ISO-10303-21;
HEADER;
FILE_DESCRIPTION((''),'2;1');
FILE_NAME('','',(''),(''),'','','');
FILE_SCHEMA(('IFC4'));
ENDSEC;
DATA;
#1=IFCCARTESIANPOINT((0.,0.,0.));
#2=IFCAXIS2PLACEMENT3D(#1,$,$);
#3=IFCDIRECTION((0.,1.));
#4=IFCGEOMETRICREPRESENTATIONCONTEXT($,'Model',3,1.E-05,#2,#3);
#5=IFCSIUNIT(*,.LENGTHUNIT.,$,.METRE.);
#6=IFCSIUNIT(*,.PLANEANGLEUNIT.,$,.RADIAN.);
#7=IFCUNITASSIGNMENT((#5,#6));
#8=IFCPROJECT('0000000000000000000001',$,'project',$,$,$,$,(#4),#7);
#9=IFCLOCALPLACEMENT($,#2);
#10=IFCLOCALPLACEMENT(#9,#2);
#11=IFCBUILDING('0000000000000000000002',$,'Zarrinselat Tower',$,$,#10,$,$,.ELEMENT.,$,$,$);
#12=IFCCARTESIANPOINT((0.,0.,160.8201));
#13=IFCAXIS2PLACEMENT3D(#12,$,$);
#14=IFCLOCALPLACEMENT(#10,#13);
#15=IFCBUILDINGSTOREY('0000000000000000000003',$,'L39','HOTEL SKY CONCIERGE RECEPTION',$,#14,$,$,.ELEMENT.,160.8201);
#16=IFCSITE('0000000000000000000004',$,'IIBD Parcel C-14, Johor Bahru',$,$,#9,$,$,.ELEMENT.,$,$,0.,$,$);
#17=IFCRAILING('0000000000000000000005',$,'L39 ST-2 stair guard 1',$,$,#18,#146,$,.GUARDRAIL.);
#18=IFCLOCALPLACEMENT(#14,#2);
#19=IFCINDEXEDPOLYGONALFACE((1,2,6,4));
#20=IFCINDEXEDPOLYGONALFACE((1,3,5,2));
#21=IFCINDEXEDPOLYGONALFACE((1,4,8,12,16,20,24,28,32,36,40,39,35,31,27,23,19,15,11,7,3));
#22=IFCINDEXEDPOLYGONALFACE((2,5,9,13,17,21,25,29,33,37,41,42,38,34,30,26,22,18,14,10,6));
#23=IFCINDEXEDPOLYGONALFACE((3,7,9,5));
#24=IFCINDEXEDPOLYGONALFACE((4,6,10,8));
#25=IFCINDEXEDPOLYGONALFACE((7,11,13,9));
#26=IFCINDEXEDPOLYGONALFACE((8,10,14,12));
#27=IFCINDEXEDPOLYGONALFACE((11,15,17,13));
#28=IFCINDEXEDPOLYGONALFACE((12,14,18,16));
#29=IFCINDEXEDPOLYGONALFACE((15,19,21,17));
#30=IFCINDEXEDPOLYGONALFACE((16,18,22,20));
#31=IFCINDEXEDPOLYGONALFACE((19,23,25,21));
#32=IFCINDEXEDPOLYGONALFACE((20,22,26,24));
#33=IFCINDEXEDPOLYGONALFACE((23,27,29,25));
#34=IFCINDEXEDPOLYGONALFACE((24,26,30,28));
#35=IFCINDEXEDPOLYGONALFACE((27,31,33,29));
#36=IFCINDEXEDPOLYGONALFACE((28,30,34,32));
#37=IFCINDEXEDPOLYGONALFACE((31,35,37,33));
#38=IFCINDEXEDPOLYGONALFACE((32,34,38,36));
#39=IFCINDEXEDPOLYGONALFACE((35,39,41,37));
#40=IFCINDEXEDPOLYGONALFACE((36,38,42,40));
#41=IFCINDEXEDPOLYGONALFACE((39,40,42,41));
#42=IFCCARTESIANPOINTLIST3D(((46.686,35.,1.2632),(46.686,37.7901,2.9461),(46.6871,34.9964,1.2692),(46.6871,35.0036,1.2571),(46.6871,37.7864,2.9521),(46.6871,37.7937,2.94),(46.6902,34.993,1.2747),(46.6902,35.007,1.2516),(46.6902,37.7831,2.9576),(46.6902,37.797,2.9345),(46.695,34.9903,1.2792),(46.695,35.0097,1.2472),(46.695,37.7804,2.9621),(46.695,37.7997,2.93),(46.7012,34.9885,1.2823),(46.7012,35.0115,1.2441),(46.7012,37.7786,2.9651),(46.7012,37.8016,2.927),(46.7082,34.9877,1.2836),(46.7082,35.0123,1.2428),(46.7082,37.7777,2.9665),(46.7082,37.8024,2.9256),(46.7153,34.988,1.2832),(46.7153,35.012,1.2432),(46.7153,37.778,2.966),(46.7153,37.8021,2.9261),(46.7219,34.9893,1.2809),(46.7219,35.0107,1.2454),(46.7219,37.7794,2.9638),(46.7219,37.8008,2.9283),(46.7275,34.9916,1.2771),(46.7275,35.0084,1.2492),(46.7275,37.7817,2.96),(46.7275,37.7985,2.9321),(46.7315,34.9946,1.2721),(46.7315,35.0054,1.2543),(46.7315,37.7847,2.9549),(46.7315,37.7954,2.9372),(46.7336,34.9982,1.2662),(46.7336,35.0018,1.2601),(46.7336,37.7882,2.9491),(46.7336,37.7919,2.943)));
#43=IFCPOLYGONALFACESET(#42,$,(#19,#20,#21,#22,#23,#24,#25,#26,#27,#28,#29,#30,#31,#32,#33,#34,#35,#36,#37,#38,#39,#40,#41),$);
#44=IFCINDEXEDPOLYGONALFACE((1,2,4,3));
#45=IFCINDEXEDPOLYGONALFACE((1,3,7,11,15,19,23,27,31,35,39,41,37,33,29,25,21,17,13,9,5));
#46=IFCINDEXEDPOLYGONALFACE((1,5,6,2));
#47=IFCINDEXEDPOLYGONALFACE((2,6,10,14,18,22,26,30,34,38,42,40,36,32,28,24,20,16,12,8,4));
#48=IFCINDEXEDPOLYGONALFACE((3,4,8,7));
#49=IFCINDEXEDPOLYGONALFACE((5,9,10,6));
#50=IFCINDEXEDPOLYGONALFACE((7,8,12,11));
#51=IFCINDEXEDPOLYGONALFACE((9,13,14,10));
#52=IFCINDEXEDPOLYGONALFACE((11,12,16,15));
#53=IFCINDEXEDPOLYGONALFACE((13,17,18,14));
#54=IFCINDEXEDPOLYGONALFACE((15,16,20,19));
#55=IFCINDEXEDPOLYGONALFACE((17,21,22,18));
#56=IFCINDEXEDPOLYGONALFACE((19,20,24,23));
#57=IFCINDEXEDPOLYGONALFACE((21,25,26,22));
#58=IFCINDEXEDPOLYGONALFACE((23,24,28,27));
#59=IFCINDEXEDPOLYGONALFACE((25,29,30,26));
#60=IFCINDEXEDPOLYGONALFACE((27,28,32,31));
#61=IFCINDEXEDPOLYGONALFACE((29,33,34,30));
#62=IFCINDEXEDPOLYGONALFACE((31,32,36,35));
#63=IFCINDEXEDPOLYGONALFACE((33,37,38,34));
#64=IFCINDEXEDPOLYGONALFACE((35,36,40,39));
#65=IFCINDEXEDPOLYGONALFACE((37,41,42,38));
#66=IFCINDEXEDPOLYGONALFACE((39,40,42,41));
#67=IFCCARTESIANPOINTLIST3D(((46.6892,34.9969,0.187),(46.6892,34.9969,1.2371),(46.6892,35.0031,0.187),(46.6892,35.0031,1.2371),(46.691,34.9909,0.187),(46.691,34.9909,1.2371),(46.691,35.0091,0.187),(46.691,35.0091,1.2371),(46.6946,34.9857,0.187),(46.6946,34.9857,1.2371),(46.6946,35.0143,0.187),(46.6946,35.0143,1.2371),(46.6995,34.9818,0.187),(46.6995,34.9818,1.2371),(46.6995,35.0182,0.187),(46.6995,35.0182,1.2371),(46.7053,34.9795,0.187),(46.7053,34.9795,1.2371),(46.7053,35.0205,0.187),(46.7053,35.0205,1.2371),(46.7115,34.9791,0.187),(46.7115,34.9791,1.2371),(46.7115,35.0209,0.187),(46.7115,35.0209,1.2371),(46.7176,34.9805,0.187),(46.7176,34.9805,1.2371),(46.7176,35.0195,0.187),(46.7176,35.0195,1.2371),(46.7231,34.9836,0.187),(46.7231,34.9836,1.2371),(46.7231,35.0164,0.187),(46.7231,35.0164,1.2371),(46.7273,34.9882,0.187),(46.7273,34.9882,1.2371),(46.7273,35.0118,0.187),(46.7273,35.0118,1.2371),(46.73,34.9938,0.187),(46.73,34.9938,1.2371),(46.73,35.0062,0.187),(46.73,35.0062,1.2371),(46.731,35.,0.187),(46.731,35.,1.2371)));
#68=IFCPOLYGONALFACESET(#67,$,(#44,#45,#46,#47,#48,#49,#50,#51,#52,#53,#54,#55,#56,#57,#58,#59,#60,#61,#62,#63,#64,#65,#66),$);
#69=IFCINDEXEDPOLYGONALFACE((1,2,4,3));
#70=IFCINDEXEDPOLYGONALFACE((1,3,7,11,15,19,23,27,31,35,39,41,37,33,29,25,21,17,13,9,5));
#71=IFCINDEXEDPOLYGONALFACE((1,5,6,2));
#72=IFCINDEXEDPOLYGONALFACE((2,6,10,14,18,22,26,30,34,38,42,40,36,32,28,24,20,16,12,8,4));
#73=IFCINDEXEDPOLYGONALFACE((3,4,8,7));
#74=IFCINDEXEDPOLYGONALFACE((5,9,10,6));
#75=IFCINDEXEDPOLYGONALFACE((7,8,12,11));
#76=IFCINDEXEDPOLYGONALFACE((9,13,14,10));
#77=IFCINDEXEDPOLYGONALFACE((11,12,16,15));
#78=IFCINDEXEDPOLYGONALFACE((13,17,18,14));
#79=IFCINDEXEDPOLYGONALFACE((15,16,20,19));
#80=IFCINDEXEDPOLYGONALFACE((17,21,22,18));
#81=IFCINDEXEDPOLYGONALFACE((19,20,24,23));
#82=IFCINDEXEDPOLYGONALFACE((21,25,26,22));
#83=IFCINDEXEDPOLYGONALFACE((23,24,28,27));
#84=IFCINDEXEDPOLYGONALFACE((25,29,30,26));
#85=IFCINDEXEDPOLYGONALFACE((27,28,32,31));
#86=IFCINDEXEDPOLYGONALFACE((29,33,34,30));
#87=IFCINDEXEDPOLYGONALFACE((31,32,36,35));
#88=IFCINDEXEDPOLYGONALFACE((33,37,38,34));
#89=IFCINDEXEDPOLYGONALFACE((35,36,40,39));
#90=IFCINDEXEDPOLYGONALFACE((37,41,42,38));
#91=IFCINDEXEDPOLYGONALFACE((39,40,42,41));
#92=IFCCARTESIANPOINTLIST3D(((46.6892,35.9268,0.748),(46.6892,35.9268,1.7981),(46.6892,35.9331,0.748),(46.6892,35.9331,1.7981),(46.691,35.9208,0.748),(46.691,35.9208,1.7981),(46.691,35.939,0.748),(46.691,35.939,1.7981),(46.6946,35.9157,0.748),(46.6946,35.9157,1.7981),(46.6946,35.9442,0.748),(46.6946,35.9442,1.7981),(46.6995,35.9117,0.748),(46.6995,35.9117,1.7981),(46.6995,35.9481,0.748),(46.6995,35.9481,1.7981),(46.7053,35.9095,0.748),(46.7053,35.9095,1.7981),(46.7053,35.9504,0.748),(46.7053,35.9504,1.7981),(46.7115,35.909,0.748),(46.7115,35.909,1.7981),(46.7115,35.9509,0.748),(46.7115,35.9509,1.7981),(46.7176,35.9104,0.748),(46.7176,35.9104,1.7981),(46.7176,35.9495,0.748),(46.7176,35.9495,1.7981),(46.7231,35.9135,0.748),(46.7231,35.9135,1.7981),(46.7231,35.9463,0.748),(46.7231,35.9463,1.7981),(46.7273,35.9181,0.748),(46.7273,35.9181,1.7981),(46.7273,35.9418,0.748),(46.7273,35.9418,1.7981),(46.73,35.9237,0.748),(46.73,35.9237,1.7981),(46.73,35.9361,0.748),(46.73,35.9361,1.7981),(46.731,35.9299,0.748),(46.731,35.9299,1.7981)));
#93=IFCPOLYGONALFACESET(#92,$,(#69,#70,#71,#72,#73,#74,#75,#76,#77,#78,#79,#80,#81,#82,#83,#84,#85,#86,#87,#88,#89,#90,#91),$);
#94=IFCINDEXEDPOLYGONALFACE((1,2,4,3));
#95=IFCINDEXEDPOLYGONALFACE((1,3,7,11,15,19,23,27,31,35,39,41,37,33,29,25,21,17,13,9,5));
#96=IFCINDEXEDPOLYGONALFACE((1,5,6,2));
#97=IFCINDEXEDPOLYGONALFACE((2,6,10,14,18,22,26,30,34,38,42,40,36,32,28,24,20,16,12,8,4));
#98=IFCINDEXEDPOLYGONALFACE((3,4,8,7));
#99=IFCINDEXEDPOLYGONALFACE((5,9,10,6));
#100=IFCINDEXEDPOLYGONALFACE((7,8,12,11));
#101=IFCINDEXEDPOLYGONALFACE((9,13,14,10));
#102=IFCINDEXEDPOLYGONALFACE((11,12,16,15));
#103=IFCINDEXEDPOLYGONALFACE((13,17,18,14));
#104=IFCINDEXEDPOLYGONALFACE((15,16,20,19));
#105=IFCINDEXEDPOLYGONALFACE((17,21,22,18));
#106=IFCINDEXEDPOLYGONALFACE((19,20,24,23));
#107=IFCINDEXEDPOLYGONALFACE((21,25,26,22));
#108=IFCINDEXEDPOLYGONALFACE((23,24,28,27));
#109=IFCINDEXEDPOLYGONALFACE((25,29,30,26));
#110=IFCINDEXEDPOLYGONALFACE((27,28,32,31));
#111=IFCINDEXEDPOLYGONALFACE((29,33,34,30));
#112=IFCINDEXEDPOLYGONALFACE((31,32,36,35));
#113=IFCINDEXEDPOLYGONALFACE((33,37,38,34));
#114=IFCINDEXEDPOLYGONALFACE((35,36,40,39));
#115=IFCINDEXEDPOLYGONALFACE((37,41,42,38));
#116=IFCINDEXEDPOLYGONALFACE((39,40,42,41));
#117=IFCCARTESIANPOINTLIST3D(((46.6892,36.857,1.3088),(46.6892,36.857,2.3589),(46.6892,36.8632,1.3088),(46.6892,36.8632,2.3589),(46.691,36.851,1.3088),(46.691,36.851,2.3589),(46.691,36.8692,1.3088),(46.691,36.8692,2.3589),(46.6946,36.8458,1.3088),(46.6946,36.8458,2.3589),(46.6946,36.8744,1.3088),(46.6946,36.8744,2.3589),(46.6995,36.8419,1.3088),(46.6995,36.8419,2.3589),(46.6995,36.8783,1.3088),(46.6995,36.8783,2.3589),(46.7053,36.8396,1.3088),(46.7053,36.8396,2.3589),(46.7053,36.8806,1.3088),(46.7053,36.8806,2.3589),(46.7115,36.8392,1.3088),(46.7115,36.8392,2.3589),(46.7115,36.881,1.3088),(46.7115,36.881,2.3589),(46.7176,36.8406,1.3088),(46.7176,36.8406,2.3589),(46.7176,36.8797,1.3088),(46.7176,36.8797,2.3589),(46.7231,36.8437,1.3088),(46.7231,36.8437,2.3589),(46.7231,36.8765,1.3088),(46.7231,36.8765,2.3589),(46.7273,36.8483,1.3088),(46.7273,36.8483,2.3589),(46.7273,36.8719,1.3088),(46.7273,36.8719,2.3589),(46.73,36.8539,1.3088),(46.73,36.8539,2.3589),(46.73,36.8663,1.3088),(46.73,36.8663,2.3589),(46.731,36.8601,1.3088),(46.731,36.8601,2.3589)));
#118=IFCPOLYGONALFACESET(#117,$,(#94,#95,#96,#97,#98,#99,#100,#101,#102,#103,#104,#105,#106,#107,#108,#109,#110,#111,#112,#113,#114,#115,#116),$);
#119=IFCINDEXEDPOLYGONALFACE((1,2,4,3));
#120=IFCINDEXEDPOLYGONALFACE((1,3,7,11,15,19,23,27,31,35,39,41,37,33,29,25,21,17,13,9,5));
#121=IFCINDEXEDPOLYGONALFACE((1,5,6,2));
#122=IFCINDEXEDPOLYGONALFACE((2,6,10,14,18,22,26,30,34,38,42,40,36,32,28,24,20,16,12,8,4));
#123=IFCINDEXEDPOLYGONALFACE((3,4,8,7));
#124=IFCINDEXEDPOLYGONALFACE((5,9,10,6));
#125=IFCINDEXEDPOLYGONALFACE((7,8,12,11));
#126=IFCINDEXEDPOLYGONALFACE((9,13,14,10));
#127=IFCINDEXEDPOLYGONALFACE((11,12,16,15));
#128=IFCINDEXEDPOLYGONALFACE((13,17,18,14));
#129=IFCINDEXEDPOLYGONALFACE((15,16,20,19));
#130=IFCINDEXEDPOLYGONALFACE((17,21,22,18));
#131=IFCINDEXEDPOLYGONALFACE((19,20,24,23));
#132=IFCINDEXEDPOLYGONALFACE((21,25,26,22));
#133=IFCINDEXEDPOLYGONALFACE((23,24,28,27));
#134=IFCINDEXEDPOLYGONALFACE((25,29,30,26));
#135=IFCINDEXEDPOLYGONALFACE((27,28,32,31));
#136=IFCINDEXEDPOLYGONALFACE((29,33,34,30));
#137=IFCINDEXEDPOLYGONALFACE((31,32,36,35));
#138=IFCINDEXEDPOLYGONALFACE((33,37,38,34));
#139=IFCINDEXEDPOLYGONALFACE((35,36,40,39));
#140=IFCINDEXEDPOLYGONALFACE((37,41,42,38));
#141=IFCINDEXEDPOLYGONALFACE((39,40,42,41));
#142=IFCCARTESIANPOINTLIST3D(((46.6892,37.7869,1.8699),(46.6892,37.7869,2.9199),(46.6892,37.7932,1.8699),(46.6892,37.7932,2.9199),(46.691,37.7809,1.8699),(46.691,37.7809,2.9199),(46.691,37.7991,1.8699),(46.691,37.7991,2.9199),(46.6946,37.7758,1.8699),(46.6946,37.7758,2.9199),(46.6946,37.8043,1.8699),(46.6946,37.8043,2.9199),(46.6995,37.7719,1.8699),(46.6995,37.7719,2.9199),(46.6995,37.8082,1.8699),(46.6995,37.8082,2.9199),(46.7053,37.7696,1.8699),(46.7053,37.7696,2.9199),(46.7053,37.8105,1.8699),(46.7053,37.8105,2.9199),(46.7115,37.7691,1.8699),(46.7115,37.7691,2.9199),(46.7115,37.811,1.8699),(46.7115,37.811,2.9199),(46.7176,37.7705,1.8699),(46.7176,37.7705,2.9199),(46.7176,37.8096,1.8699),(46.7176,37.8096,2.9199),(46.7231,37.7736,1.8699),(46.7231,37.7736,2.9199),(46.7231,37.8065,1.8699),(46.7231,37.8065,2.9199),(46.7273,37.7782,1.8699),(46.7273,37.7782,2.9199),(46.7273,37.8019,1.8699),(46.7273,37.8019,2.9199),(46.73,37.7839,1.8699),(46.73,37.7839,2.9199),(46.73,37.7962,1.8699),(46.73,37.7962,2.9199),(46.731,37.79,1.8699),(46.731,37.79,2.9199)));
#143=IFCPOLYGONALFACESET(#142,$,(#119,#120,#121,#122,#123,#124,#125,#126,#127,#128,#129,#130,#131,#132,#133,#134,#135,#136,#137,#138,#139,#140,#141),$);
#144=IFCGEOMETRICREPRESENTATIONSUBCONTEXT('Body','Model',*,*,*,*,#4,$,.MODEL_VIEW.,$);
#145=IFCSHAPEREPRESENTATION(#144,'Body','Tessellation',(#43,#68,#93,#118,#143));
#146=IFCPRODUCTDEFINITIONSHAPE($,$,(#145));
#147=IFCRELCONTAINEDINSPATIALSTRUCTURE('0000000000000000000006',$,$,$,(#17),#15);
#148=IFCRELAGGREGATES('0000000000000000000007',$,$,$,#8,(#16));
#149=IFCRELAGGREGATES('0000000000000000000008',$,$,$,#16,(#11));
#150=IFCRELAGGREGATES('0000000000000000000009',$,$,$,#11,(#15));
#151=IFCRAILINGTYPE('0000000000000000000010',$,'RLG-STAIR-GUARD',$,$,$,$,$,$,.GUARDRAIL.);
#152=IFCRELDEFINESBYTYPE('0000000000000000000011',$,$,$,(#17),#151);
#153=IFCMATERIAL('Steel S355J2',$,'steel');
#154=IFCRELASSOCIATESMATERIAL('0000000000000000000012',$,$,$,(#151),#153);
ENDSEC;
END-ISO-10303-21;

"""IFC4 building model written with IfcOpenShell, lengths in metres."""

from ifc_helpers import new_model, si_unit, direction, frame, origin, origin_2d, place, context, subcontext, project, spatial, circle, extrude, material, type_object, element, save


model = new_model("IFC4")

# Units and contexts
model_context = context("Model", 3, precision=1e-05, world=origin(), true_north=direction((0.0, 1.0)))
body_context = subcontext(model_context, "Body", "Model", "MODEL_VIEW")
ifc_project = project(units=[si_unit("LENGTHUNIT", "METRE"), si_unit("PLANEANGLEUNIT", "RADIAN")], contexts=[model_context])

# Site, building, storey
site_placement = place(None, origin())
site = spatial("IfcSite", under=ifc_project, at=site_placement, Name="IIBD Parcel C-14, Johor Bahru", CompositionType="ELEMENT", RefElevation=0.0)
building_placement = place(site_placement, origin())
building = spatial("IfcBuilding", under=site, at=building_placement, Name="Zarrinselat Tower", CompositionType="ELEMENT")
storey_placement = place(building_placement, frame((0.0, 0.0, 160.8201)))
storey = spatial("IfcBuildingStorey", under=building, at=storey_placement, Name="L39", Description="HOTEL SKY CONCIERGE RECEPTION", CompositionType="ELEMENT", Elevation=160.8201)

# Railing
ifc_material_1 = material(Name="Steel S355J2", Category="steel")
railing_type_1 = type_object("IfcRailingType", Name="RLG-STAIR-GUARD", PredefinedType="GUARDRAIL", material=ifc_material_1)
railing_1_placement = place(storey_placement, frame((46.71, 35.0, 0.187)))
element("IfcRailing", 1, at=railing_1_placement, inside=storey, type_object=railing_type_1, Name="L39 ST-2 stair guard 1", PredefinedType="GUARDRAIL", context=body_context, shape_type="SweptSolid", body=[
    extrude(circle(Radius=0.0239, at=origin_2d()), frame((0.0, 0.0, 1.0762), z_axis=(0.0, 0.856294, 0.516489), x_axis=(-1.0, 0.0, 0.0)), (0.0, 0.0, 1.0), 3.2583),
    extrude(circle(Radius=0.021, at=origin_2d()), origin(), (0.0, 0.0, 1.0), 1.05),
    extrude(circle(Radius=0.021, at=origin_2d()), frame((0.0, 0.9299, 0.561)), (0.0, 0.0, 1.0), 1.05),
    extrude(circle(Radius=0.021, at=origin_2d()), frame((0.0, 1.8601, 1.1218)), (0.0, 0.0, 1.0), 1.05),
    extrude(circle(Radius=0.021, at=origin_2d()), frame((0.0, 2.79, 1.6829)), (0.0, 0.0, 1.0), 1.05),
])

save(model, "model.ifc")
